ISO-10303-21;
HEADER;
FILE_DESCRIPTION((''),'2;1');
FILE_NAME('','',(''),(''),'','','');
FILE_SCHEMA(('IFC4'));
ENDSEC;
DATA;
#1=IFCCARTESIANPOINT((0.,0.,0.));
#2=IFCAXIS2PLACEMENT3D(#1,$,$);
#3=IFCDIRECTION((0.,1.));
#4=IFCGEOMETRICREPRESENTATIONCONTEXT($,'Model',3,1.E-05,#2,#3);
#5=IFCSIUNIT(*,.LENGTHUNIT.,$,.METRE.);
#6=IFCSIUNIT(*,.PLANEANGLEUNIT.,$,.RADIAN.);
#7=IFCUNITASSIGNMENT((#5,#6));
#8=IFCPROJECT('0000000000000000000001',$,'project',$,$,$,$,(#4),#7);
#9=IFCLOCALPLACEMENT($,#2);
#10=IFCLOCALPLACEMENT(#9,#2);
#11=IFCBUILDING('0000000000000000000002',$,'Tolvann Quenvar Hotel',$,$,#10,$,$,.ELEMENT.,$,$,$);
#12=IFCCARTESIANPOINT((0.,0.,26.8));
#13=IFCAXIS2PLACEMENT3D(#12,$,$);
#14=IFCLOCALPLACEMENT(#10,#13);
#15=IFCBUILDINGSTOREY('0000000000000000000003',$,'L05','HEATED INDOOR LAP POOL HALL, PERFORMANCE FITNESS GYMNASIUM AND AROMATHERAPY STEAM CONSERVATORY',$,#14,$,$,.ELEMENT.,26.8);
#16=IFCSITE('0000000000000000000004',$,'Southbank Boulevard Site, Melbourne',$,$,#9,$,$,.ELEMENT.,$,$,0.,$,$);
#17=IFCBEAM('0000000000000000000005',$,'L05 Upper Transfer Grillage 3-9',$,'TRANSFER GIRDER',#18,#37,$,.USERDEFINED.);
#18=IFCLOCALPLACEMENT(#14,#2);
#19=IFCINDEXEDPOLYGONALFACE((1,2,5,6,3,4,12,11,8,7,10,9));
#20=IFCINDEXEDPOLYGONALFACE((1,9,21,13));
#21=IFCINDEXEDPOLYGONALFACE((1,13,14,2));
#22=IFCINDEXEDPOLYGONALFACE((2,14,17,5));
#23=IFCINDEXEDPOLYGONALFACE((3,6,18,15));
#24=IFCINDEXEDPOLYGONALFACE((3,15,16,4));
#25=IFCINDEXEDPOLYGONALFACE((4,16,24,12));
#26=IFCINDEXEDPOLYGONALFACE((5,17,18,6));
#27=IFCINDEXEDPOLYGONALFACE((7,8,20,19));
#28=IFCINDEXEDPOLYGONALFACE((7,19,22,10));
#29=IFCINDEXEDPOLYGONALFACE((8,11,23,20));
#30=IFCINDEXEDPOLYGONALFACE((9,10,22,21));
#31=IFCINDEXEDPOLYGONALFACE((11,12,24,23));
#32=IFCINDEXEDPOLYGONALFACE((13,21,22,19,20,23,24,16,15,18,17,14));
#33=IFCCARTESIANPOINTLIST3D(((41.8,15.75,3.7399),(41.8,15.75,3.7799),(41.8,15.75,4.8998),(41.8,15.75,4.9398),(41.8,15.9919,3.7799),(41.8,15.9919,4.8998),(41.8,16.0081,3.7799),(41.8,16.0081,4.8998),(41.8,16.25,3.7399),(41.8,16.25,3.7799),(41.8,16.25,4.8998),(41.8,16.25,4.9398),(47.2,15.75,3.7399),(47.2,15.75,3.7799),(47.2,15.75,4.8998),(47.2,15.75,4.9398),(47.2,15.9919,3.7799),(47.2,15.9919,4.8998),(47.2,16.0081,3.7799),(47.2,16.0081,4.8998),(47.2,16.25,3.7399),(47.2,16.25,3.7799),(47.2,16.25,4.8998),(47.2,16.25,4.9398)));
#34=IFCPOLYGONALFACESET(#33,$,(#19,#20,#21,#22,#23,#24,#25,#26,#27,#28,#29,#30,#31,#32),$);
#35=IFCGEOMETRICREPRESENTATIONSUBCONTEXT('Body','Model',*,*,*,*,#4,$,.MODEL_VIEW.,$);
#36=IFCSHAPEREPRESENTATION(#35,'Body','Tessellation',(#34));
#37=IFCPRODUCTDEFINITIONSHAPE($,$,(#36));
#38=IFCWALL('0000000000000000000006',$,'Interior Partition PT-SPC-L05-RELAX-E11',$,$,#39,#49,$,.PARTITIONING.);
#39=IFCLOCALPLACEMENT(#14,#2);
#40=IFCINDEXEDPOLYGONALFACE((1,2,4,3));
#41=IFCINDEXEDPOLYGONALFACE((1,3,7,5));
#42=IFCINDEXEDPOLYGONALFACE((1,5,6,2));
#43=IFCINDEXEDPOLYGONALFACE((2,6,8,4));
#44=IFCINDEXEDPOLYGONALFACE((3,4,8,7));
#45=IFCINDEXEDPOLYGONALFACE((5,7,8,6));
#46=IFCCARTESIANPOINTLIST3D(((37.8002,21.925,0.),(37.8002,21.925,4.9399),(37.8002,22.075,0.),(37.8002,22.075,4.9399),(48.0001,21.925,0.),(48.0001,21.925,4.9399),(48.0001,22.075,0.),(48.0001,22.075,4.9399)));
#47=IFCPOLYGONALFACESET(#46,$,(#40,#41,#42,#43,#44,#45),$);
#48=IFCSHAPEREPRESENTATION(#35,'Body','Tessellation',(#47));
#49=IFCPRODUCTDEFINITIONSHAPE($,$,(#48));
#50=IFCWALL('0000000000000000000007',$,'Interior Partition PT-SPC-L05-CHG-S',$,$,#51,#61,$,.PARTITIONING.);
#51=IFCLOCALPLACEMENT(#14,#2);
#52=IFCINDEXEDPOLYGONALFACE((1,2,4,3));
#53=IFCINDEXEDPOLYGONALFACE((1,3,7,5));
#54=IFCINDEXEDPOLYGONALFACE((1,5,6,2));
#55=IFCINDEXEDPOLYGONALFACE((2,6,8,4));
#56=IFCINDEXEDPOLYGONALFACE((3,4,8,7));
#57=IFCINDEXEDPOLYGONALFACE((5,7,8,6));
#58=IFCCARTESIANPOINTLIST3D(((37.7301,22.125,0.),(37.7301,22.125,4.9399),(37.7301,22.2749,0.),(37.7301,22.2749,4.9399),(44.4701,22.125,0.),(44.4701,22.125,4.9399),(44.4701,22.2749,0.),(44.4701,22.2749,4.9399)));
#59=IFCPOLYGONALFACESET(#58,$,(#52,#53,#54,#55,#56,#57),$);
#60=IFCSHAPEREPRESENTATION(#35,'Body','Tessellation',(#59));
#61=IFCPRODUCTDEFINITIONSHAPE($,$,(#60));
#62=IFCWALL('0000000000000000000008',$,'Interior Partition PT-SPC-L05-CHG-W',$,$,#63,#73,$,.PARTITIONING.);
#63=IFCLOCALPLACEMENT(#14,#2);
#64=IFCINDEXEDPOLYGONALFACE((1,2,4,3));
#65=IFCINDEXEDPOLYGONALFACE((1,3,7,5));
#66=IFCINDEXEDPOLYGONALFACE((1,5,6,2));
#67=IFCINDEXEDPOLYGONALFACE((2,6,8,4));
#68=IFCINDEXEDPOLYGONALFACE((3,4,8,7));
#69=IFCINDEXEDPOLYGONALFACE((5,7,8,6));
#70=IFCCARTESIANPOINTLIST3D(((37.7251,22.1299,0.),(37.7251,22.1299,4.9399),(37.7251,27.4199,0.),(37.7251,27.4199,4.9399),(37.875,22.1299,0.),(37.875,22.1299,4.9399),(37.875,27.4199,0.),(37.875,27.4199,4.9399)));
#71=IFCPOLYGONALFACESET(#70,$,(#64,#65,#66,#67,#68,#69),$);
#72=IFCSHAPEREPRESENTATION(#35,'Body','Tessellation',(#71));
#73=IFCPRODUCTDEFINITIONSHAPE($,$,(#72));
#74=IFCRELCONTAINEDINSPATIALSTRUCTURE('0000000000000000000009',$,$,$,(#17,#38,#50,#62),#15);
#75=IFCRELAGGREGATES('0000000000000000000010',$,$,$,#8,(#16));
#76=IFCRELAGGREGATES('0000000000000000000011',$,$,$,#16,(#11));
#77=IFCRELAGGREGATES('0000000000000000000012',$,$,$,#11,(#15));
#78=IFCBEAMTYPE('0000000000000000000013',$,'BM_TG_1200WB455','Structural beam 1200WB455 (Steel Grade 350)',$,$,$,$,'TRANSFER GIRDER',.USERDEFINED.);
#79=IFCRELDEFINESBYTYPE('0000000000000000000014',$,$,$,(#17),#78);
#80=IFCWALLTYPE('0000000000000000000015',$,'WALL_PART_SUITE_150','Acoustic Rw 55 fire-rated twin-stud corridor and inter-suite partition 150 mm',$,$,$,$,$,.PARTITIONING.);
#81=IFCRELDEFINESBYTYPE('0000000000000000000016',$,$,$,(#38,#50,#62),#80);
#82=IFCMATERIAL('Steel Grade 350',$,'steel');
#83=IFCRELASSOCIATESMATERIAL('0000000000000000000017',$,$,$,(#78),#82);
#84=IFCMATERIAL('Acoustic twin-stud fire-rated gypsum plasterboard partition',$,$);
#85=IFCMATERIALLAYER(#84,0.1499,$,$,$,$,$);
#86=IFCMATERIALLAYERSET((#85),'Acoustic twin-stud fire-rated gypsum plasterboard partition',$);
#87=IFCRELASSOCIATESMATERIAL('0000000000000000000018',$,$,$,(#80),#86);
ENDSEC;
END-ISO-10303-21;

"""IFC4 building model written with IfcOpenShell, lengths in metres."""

from ifc_helpers import new_model, si_unit, direction, frame, frame_2d, origin, origin_2d, place, context, subcontext, project, spatial, rectangle, i_section, extrude, source, transform, mapped, material, layer, layer_set, material_profile, profile_set, type_object, element, save


model = new_model("IFC4")

# Units and contexts
model_context = context("Model", 3, precision=1e-05, world=origin(), true_north=direction((0.0, 1.0)))
body_context = subcontext(model_context, "Body", "Model", "MODEL_VIEW")
ifc_project = project(units=[si_unit("LENGTHUNIT", "METRE"), si_unit("PLANEANGLEUNIT", "RADIAN")], contexts=[model_context])

# Site, building, storey
site_placement = place(None, origin())
site = spatial("IfcSite", under=ifc_project, at=site_placement, Name="Southbank Boulevard Site, Melbourne", CompositionType="ELEMENT", RefElevation=0.0)
building_placement = place(site_placement, origin())
building = spatial("IfcBuilding", under=site, at=building_placement, Name="Tolvann Quenvar Hotel", CompositionType="ELEMENT")
storey_placement = place(building_placement, frame((0.0, 0.0, 26.8)))
storey = spatial("IfcBuildingStorey", under=building, at=storey_placement, Name="L05", Description="HEATED INDOOR LAP POOL HALL, PERFORMANCE FITNESS GYMNASIUM AND AROMATHERAPY STEAM CONSERVATORY", CompositionType="ELEMENT", Elevation=26.8)

# Shared definitions
ifc_material_1 = material(Name="Steel Grade 350", Category="steel")

# Beam
ifc_material_profile_1 = material_profile(ifc_material_1, i_section(OverallWidth=0.5, OverallDepth=1.2, WebThickness=0.0161, FlangeThickness=0.04, at=origin_2d()), Name="1200WB455")
ifc_profile_set_1 = profile_set([ifc_material_profile_1], Name="Steel Grade 350")
beam_type_1 = type_object("IfcBeamType", Name="BM_TG_1200WB455", Description="Structural beam 1200WB455 (Steel Grade 350)", ElementType="TRANSFER GIRDER", PredefinedType="USERDEFINED", material=ifc_profile_set_1)
shared_shape_1 = source(origin(), body_context, "Body", "SweptSolid", [
    extrude(i_section(OverallWidth=0.5, OverallDepth=1.2, WebThickness=0.0161, FlangeThickness=0.04, at=origin_2d()), origin(), (0.0, 0.0, 1.0), 5.3999),
])
for number, where, z_axis, x_axis, name in (
    (1, (41.8, 16.0, 4.3398), (1.0, 0.0, 0.0), (0.0, 1.0, 0.0), "L05 Upper Transfer Grillage 3-9"),
):
    element("IfcBeam", number, at=place(storey_placement, frame(where, z_axis=z_axis, x_axis=x_axis)), inside=storey, type_object=beam_type_1, Name=name, ObjectType="TRANSFER GIRDER", PredefinedType="USERDEFINED", context=body_context, shape_type="MappedRepresentation", body=[
        mapped(shared_shape_1, transform((0.0, 0.0, 0.0), x_axis=(1.0, 0.0, 0.0), y_axis=(0.0, 1.0, 0.0), z_axis=(0.0, 0.0, 1.0), scale=1.0)),
    ])

# Walls
ifc_material_2 = material(Name="Acoustic twin-stud fire-rated gypsum plasterboard partition")
ifc_layer = layer(ifc_material_2, 0.1499)
ifc_layer_set = layer_set([ifc_layer], Name="Acoustic twin-stud fire-rated gypsum plasterboard partition")
wall_type = type_object("IfcWallType", Name="WALL_PART_SUITE_150", Description="Acoustic Rw 55 fire-rated twin-stud corridor and inter-suite partition 150 mm", PredefinedType="PARTITIONING", material=ifc_layer_set)
wall_1_placement = place(storey_placement, frame((37.8, 22.0, 0.0), z_axis=(0.0, 0.0, 1.0), x_axis=(1.0, 0.0, 0.0)))
element("IfcWall", 2, at=wall_1_placement, inside=storey, type_object=wall_type, Name="Interior Partition PT-SPC-L05-RELAX-E11", PredefinedType="PARTITIONING", context=body_context, shape_type="SweptSolid", body=[
    extrude(rectangle(XDim=10.2, YDim=0.1499, at=frame_2d((5.1001, 0.0))), origin(), (0.0, 0.0, 1.0), 4.9399),
])
wall_2_placement = place(storey_placement, frame((37.73, 22.2, 0.0), z_axis=(0.0, 0.0, 1.0), x_axis=(1.0, 0.0, 0.0)))
element("IfcWall", 3, at=wall_2_placement, inside=storey, type_object=wall_type, Name="Interior Partition PT-SPC-L05-CHG-S", PredefinedType="PARTITIONING", context=body_context, shape_type="SweptSolid", body=[
    extrude(rectangle(XDim=6.74, YDim=0.1499, at=frame_2d((3.3701, 0.0))), origin(), (0.0, 0.0, 1.0), 4.9399),
])
wall_3_placement = place(storey_placement, frame((37.8, 22.1299, 0.0), z_axis=(0.0, 0.0, 1.0), x_axis=(0.0, 1.0, 0.0)))
element("IfcWall", 4, at=wall_3_placement, inside=storey, type_object=wall_type, Name="Interior Partition PT-SPC-L05-CHG-W", PredefinedType="PARTITIONING", context=body_context, shape_type="SweptSolid", body=[
    extrude(rectangle(XDim=5.29, YDim=0.1499, at=frame_2d((2.645, 0.0))), origin(), (0.0, 0.0, 1.0), 4.9399),
])

save(model, "model.ifc")
